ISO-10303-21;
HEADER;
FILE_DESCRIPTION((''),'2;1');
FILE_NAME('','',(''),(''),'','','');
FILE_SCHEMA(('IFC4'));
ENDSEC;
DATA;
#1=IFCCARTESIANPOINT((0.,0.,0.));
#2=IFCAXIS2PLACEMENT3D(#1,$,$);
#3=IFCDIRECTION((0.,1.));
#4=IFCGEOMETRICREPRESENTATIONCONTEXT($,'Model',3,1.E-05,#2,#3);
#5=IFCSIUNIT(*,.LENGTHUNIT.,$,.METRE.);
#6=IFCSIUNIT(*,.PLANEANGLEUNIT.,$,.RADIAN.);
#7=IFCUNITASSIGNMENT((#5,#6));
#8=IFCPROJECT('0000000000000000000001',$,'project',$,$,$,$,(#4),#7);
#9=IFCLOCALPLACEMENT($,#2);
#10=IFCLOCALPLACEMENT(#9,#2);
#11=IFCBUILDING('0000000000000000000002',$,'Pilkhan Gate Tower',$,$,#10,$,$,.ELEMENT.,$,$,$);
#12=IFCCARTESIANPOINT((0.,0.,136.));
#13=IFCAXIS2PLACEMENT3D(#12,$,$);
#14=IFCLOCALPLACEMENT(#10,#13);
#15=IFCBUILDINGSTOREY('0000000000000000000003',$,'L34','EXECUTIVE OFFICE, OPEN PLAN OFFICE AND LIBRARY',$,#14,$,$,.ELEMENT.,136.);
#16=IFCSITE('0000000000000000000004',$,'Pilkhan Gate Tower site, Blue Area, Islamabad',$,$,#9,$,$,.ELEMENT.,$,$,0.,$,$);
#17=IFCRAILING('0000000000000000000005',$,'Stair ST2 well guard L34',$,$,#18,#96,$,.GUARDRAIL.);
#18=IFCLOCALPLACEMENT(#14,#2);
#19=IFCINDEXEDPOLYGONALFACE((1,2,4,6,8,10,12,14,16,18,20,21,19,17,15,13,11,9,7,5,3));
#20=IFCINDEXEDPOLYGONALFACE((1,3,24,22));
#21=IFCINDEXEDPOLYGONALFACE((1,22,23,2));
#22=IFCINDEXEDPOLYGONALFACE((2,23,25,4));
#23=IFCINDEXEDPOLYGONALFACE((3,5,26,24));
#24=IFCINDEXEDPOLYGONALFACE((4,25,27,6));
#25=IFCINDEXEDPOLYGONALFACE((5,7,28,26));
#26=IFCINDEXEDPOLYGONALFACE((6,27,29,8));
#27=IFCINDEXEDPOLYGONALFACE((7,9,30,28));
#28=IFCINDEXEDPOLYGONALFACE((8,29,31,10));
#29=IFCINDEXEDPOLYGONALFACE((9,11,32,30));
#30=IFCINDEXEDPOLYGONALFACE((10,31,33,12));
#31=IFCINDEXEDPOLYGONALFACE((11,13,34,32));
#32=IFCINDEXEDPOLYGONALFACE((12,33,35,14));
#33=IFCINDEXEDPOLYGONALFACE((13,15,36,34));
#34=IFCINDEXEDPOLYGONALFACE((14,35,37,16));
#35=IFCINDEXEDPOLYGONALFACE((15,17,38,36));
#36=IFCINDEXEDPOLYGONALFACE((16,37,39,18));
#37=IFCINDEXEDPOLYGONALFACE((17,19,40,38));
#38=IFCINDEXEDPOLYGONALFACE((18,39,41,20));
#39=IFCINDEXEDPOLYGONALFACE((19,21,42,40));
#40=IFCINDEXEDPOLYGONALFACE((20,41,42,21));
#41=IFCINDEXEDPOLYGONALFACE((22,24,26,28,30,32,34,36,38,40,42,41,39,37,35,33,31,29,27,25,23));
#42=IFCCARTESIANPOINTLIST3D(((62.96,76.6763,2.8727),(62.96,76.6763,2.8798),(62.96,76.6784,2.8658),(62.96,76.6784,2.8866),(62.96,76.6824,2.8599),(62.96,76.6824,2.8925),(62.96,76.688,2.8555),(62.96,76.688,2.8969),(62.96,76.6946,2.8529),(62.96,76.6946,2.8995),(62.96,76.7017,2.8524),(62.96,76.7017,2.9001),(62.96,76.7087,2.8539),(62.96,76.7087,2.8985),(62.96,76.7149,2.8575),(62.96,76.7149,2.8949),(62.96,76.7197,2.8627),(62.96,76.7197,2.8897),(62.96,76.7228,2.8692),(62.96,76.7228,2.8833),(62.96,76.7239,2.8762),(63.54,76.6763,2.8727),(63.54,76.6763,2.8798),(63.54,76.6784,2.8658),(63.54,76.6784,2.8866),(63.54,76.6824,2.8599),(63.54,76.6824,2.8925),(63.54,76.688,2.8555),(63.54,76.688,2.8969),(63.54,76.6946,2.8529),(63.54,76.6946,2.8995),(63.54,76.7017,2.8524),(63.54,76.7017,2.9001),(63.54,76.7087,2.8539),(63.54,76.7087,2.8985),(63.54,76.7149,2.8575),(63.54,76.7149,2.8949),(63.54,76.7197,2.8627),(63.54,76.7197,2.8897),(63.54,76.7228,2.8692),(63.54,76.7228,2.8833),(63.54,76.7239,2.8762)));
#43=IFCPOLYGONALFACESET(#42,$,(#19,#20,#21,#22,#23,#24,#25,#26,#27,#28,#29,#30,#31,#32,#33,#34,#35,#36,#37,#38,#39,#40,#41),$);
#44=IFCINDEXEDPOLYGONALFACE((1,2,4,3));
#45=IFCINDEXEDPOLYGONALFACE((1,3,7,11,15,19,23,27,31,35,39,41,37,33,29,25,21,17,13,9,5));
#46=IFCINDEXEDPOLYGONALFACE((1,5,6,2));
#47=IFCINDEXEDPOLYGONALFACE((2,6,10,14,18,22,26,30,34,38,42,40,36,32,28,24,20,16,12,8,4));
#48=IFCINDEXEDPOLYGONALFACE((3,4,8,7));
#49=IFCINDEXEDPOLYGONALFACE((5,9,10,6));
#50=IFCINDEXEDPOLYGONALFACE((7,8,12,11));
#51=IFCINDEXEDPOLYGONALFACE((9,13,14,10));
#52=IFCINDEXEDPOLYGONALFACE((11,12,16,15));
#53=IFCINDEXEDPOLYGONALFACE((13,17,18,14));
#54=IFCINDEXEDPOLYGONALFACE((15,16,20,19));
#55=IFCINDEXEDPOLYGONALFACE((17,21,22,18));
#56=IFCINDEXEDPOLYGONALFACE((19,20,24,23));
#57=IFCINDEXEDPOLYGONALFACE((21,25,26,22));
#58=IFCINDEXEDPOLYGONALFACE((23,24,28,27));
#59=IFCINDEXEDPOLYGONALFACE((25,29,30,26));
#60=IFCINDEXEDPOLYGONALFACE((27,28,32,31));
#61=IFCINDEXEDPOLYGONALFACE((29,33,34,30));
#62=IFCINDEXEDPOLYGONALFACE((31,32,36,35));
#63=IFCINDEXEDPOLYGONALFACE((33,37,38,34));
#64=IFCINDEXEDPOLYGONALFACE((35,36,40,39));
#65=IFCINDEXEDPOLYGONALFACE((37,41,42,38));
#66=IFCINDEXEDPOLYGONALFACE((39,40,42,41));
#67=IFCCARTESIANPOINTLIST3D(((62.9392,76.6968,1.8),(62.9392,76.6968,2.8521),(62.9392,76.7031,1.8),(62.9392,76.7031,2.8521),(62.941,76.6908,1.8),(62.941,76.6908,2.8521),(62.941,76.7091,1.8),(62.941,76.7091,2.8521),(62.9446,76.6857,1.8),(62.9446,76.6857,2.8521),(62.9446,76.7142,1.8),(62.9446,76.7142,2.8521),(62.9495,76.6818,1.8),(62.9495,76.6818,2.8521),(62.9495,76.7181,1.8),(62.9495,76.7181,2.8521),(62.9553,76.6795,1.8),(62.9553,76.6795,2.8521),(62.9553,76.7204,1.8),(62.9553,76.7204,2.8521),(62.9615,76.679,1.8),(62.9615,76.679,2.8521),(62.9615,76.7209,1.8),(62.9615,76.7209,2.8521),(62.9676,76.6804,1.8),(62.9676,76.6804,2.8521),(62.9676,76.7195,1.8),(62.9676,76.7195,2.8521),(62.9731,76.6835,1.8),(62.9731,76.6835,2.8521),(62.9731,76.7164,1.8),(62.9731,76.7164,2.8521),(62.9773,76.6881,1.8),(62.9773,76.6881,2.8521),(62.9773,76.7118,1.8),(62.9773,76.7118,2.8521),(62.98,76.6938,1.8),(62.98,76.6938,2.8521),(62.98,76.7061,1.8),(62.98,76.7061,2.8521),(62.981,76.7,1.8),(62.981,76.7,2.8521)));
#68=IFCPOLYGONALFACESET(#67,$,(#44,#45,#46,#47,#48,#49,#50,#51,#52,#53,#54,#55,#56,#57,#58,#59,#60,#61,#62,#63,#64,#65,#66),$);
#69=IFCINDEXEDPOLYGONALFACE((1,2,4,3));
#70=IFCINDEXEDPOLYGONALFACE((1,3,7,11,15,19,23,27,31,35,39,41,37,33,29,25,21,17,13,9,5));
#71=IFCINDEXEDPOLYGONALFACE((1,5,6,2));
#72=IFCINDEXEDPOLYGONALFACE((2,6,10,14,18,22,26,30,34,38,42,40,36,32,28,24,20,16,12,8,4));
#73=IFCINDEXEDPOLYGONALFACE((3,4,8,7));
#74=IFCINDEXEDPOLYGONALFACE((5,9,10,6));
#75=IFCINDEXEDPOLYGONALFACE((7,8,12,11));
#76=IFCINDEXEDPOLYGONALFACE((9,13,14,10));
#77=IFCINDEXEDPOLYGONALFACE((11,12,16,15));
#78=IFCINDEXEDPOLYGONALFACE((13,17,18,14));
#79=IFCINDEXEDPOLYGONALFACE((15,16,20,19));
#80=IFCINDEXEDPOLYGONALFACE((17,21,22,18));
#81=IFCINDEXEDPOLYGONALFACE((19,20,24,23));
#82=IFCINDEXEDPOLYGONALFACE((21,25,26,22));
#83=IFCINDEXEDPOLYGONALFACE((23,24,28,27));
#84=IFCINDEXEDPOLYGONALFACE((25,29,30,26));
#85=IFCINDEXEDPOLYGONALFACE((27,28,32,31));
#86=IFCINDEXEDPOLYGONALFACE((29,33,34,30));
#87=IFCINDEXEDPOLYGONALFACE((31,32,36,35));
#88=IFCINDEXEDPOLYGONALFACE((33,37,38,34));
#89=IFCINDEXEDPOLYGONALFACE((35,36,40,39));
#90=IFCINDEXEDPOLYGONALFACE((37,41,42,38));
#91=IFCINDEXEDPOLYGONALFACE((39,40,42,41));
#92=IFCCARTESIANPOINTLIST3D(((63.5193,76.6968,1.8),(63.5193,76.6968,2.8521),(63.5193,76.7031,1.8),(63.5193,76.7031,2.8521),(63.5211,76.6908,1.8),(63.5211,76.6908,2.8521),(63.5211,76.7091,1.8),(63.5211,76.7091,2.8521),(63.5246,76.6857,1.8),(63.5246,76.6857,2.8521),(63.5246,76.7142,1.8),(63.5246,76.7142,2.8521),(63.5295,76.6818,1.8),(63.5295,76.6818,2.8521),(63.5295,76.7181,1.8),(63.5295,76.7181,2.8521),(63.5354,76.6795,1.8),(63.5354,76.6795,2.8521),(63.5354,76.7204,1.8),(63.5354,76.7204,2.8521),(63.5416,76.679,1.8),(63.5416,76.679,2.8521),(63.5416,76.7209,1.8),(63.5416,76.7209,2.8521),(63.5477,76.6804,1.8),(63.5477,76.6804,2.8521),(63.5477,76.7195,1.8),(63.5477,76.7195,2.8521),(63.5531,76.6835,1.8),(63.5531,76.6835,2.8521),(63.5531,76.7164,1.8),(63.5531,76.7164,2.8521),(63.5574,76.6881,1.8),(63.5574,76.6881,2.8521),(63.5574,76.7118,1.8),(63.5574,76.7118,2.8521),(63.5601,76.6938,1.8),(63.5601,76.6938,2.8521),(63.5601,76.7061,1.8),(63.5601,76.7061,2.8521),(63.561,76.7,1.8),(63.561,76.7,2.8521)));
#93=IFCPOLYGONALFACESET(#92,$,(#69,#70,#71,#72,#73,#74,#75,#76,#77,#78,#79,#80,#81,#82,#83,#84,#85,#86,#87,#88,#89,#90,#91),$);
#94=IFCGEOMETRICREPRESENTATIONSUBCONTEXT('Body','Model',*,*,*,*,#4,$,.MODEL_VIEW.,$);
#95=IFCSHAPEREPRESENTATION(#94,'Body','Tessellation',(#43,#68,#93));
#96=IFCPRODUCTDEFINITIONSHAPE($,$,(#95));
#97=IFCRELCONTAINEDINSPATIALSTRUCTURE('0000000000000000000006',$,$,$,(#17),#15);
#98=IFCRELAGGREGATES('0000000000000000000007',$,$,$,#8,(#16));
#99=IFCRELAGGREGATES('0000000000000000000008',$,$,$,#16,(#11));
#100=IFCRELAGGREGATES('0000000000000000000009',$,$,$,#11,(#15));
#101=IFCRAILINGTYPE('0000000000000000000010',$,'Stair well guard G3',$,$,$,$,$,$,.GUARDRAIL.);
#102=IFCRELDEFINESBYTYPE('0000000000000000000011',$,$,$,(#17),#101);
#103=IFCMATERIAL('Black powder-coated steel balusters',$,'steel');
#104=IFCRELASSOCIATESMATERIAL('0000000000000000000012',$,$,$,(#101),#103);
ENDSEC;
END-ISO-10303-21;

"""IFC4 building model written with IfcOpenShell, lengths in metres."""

from ifc_helpers import new_model, si_unit, direction, frame, origin, origin_2d, place, context, subcontext, project, spatial, circle, extrude, material, type_object, element, save


model = new_model("IFC4")

# Units and contexts
model_context = context("Model", 3, precision=1e-05, world=origin(), true_north=direction((0.0, 1.0)))
body_context = subcontext(model_context, "Body", "Model", "MODEL_VIEW")
ifc_project = project(units=[si_unit("LENGTHUNIT", "METRE"), si_unit("PLANEANGLEUNIT", "RADIAN")], contexts=[model_context])

# Site, building, storey
site_placement = place(None, origin())
site = spatial("IfcSite", under=ifc_project, at=site_placement, Name="Pilkhan Gate Tower site, Blue Area, Islamabad", CompositionType="ELEMENT", RefElevation=0.0)
building_placement = place(site_placement, origin())
building = spatial("IfcBuilding", under=site, at=building_placement, Name="Pilkhan Gate Tower", CompositionType="ELEMENT")
storey_placement = place(building_placement, frame((0.0, 0.0, 136.0)))
storey = spatial("IfcBuildingStorey", under=building, at=storey_placement, Name="L34", Description="EXECUTIVE OFFICE, OPEN PLAN OFFICE AND LIBRARY", CompositionType="ELEMENT", Elevation=136.0)

# Railing
ifc_material_1 = material(Name="Black powder-coated steel balusters", Category="steel")
railing_type_1 = type_object("IfcRailingType", Name="Stair well guard G3", PredefinedType="GUARDRAIL", material=ifc_material_1)
for number, where, name in (
    (1, (62.96, 76.7, 1.8), "Stair ST2 well guard L34"),
):
    element("IfcRailing", number, at=place(storey_placement, frame(where)), inside=storey, type_object=railing_type_1, Name=name, PredefinedType="GUARDRAIL", context=body_context, shape_type="SweptSolid", body=[
        extrude(circle(Radius=0.0239, at=origin_2d()), frame((0.0, 0.0, 1.0762), z_axis=(1.0, 0.0, 0.0), x_axis=(0.0, 1.0, 0.0)), (0.0, 0.0, 1.0), 0.5801),
        extrude(circle(Radius=0.021, at=origin_2d()), origin(), (0.0, 0.0, 1.0), 1.052),
        extrude(circle(Radius=0.021, at=origin_2d()), frame((0.5801, 0.0, 0.0)), (0.0, 0.0, 1.0), 1.052),
    ])

save(model, "model.ifc")
